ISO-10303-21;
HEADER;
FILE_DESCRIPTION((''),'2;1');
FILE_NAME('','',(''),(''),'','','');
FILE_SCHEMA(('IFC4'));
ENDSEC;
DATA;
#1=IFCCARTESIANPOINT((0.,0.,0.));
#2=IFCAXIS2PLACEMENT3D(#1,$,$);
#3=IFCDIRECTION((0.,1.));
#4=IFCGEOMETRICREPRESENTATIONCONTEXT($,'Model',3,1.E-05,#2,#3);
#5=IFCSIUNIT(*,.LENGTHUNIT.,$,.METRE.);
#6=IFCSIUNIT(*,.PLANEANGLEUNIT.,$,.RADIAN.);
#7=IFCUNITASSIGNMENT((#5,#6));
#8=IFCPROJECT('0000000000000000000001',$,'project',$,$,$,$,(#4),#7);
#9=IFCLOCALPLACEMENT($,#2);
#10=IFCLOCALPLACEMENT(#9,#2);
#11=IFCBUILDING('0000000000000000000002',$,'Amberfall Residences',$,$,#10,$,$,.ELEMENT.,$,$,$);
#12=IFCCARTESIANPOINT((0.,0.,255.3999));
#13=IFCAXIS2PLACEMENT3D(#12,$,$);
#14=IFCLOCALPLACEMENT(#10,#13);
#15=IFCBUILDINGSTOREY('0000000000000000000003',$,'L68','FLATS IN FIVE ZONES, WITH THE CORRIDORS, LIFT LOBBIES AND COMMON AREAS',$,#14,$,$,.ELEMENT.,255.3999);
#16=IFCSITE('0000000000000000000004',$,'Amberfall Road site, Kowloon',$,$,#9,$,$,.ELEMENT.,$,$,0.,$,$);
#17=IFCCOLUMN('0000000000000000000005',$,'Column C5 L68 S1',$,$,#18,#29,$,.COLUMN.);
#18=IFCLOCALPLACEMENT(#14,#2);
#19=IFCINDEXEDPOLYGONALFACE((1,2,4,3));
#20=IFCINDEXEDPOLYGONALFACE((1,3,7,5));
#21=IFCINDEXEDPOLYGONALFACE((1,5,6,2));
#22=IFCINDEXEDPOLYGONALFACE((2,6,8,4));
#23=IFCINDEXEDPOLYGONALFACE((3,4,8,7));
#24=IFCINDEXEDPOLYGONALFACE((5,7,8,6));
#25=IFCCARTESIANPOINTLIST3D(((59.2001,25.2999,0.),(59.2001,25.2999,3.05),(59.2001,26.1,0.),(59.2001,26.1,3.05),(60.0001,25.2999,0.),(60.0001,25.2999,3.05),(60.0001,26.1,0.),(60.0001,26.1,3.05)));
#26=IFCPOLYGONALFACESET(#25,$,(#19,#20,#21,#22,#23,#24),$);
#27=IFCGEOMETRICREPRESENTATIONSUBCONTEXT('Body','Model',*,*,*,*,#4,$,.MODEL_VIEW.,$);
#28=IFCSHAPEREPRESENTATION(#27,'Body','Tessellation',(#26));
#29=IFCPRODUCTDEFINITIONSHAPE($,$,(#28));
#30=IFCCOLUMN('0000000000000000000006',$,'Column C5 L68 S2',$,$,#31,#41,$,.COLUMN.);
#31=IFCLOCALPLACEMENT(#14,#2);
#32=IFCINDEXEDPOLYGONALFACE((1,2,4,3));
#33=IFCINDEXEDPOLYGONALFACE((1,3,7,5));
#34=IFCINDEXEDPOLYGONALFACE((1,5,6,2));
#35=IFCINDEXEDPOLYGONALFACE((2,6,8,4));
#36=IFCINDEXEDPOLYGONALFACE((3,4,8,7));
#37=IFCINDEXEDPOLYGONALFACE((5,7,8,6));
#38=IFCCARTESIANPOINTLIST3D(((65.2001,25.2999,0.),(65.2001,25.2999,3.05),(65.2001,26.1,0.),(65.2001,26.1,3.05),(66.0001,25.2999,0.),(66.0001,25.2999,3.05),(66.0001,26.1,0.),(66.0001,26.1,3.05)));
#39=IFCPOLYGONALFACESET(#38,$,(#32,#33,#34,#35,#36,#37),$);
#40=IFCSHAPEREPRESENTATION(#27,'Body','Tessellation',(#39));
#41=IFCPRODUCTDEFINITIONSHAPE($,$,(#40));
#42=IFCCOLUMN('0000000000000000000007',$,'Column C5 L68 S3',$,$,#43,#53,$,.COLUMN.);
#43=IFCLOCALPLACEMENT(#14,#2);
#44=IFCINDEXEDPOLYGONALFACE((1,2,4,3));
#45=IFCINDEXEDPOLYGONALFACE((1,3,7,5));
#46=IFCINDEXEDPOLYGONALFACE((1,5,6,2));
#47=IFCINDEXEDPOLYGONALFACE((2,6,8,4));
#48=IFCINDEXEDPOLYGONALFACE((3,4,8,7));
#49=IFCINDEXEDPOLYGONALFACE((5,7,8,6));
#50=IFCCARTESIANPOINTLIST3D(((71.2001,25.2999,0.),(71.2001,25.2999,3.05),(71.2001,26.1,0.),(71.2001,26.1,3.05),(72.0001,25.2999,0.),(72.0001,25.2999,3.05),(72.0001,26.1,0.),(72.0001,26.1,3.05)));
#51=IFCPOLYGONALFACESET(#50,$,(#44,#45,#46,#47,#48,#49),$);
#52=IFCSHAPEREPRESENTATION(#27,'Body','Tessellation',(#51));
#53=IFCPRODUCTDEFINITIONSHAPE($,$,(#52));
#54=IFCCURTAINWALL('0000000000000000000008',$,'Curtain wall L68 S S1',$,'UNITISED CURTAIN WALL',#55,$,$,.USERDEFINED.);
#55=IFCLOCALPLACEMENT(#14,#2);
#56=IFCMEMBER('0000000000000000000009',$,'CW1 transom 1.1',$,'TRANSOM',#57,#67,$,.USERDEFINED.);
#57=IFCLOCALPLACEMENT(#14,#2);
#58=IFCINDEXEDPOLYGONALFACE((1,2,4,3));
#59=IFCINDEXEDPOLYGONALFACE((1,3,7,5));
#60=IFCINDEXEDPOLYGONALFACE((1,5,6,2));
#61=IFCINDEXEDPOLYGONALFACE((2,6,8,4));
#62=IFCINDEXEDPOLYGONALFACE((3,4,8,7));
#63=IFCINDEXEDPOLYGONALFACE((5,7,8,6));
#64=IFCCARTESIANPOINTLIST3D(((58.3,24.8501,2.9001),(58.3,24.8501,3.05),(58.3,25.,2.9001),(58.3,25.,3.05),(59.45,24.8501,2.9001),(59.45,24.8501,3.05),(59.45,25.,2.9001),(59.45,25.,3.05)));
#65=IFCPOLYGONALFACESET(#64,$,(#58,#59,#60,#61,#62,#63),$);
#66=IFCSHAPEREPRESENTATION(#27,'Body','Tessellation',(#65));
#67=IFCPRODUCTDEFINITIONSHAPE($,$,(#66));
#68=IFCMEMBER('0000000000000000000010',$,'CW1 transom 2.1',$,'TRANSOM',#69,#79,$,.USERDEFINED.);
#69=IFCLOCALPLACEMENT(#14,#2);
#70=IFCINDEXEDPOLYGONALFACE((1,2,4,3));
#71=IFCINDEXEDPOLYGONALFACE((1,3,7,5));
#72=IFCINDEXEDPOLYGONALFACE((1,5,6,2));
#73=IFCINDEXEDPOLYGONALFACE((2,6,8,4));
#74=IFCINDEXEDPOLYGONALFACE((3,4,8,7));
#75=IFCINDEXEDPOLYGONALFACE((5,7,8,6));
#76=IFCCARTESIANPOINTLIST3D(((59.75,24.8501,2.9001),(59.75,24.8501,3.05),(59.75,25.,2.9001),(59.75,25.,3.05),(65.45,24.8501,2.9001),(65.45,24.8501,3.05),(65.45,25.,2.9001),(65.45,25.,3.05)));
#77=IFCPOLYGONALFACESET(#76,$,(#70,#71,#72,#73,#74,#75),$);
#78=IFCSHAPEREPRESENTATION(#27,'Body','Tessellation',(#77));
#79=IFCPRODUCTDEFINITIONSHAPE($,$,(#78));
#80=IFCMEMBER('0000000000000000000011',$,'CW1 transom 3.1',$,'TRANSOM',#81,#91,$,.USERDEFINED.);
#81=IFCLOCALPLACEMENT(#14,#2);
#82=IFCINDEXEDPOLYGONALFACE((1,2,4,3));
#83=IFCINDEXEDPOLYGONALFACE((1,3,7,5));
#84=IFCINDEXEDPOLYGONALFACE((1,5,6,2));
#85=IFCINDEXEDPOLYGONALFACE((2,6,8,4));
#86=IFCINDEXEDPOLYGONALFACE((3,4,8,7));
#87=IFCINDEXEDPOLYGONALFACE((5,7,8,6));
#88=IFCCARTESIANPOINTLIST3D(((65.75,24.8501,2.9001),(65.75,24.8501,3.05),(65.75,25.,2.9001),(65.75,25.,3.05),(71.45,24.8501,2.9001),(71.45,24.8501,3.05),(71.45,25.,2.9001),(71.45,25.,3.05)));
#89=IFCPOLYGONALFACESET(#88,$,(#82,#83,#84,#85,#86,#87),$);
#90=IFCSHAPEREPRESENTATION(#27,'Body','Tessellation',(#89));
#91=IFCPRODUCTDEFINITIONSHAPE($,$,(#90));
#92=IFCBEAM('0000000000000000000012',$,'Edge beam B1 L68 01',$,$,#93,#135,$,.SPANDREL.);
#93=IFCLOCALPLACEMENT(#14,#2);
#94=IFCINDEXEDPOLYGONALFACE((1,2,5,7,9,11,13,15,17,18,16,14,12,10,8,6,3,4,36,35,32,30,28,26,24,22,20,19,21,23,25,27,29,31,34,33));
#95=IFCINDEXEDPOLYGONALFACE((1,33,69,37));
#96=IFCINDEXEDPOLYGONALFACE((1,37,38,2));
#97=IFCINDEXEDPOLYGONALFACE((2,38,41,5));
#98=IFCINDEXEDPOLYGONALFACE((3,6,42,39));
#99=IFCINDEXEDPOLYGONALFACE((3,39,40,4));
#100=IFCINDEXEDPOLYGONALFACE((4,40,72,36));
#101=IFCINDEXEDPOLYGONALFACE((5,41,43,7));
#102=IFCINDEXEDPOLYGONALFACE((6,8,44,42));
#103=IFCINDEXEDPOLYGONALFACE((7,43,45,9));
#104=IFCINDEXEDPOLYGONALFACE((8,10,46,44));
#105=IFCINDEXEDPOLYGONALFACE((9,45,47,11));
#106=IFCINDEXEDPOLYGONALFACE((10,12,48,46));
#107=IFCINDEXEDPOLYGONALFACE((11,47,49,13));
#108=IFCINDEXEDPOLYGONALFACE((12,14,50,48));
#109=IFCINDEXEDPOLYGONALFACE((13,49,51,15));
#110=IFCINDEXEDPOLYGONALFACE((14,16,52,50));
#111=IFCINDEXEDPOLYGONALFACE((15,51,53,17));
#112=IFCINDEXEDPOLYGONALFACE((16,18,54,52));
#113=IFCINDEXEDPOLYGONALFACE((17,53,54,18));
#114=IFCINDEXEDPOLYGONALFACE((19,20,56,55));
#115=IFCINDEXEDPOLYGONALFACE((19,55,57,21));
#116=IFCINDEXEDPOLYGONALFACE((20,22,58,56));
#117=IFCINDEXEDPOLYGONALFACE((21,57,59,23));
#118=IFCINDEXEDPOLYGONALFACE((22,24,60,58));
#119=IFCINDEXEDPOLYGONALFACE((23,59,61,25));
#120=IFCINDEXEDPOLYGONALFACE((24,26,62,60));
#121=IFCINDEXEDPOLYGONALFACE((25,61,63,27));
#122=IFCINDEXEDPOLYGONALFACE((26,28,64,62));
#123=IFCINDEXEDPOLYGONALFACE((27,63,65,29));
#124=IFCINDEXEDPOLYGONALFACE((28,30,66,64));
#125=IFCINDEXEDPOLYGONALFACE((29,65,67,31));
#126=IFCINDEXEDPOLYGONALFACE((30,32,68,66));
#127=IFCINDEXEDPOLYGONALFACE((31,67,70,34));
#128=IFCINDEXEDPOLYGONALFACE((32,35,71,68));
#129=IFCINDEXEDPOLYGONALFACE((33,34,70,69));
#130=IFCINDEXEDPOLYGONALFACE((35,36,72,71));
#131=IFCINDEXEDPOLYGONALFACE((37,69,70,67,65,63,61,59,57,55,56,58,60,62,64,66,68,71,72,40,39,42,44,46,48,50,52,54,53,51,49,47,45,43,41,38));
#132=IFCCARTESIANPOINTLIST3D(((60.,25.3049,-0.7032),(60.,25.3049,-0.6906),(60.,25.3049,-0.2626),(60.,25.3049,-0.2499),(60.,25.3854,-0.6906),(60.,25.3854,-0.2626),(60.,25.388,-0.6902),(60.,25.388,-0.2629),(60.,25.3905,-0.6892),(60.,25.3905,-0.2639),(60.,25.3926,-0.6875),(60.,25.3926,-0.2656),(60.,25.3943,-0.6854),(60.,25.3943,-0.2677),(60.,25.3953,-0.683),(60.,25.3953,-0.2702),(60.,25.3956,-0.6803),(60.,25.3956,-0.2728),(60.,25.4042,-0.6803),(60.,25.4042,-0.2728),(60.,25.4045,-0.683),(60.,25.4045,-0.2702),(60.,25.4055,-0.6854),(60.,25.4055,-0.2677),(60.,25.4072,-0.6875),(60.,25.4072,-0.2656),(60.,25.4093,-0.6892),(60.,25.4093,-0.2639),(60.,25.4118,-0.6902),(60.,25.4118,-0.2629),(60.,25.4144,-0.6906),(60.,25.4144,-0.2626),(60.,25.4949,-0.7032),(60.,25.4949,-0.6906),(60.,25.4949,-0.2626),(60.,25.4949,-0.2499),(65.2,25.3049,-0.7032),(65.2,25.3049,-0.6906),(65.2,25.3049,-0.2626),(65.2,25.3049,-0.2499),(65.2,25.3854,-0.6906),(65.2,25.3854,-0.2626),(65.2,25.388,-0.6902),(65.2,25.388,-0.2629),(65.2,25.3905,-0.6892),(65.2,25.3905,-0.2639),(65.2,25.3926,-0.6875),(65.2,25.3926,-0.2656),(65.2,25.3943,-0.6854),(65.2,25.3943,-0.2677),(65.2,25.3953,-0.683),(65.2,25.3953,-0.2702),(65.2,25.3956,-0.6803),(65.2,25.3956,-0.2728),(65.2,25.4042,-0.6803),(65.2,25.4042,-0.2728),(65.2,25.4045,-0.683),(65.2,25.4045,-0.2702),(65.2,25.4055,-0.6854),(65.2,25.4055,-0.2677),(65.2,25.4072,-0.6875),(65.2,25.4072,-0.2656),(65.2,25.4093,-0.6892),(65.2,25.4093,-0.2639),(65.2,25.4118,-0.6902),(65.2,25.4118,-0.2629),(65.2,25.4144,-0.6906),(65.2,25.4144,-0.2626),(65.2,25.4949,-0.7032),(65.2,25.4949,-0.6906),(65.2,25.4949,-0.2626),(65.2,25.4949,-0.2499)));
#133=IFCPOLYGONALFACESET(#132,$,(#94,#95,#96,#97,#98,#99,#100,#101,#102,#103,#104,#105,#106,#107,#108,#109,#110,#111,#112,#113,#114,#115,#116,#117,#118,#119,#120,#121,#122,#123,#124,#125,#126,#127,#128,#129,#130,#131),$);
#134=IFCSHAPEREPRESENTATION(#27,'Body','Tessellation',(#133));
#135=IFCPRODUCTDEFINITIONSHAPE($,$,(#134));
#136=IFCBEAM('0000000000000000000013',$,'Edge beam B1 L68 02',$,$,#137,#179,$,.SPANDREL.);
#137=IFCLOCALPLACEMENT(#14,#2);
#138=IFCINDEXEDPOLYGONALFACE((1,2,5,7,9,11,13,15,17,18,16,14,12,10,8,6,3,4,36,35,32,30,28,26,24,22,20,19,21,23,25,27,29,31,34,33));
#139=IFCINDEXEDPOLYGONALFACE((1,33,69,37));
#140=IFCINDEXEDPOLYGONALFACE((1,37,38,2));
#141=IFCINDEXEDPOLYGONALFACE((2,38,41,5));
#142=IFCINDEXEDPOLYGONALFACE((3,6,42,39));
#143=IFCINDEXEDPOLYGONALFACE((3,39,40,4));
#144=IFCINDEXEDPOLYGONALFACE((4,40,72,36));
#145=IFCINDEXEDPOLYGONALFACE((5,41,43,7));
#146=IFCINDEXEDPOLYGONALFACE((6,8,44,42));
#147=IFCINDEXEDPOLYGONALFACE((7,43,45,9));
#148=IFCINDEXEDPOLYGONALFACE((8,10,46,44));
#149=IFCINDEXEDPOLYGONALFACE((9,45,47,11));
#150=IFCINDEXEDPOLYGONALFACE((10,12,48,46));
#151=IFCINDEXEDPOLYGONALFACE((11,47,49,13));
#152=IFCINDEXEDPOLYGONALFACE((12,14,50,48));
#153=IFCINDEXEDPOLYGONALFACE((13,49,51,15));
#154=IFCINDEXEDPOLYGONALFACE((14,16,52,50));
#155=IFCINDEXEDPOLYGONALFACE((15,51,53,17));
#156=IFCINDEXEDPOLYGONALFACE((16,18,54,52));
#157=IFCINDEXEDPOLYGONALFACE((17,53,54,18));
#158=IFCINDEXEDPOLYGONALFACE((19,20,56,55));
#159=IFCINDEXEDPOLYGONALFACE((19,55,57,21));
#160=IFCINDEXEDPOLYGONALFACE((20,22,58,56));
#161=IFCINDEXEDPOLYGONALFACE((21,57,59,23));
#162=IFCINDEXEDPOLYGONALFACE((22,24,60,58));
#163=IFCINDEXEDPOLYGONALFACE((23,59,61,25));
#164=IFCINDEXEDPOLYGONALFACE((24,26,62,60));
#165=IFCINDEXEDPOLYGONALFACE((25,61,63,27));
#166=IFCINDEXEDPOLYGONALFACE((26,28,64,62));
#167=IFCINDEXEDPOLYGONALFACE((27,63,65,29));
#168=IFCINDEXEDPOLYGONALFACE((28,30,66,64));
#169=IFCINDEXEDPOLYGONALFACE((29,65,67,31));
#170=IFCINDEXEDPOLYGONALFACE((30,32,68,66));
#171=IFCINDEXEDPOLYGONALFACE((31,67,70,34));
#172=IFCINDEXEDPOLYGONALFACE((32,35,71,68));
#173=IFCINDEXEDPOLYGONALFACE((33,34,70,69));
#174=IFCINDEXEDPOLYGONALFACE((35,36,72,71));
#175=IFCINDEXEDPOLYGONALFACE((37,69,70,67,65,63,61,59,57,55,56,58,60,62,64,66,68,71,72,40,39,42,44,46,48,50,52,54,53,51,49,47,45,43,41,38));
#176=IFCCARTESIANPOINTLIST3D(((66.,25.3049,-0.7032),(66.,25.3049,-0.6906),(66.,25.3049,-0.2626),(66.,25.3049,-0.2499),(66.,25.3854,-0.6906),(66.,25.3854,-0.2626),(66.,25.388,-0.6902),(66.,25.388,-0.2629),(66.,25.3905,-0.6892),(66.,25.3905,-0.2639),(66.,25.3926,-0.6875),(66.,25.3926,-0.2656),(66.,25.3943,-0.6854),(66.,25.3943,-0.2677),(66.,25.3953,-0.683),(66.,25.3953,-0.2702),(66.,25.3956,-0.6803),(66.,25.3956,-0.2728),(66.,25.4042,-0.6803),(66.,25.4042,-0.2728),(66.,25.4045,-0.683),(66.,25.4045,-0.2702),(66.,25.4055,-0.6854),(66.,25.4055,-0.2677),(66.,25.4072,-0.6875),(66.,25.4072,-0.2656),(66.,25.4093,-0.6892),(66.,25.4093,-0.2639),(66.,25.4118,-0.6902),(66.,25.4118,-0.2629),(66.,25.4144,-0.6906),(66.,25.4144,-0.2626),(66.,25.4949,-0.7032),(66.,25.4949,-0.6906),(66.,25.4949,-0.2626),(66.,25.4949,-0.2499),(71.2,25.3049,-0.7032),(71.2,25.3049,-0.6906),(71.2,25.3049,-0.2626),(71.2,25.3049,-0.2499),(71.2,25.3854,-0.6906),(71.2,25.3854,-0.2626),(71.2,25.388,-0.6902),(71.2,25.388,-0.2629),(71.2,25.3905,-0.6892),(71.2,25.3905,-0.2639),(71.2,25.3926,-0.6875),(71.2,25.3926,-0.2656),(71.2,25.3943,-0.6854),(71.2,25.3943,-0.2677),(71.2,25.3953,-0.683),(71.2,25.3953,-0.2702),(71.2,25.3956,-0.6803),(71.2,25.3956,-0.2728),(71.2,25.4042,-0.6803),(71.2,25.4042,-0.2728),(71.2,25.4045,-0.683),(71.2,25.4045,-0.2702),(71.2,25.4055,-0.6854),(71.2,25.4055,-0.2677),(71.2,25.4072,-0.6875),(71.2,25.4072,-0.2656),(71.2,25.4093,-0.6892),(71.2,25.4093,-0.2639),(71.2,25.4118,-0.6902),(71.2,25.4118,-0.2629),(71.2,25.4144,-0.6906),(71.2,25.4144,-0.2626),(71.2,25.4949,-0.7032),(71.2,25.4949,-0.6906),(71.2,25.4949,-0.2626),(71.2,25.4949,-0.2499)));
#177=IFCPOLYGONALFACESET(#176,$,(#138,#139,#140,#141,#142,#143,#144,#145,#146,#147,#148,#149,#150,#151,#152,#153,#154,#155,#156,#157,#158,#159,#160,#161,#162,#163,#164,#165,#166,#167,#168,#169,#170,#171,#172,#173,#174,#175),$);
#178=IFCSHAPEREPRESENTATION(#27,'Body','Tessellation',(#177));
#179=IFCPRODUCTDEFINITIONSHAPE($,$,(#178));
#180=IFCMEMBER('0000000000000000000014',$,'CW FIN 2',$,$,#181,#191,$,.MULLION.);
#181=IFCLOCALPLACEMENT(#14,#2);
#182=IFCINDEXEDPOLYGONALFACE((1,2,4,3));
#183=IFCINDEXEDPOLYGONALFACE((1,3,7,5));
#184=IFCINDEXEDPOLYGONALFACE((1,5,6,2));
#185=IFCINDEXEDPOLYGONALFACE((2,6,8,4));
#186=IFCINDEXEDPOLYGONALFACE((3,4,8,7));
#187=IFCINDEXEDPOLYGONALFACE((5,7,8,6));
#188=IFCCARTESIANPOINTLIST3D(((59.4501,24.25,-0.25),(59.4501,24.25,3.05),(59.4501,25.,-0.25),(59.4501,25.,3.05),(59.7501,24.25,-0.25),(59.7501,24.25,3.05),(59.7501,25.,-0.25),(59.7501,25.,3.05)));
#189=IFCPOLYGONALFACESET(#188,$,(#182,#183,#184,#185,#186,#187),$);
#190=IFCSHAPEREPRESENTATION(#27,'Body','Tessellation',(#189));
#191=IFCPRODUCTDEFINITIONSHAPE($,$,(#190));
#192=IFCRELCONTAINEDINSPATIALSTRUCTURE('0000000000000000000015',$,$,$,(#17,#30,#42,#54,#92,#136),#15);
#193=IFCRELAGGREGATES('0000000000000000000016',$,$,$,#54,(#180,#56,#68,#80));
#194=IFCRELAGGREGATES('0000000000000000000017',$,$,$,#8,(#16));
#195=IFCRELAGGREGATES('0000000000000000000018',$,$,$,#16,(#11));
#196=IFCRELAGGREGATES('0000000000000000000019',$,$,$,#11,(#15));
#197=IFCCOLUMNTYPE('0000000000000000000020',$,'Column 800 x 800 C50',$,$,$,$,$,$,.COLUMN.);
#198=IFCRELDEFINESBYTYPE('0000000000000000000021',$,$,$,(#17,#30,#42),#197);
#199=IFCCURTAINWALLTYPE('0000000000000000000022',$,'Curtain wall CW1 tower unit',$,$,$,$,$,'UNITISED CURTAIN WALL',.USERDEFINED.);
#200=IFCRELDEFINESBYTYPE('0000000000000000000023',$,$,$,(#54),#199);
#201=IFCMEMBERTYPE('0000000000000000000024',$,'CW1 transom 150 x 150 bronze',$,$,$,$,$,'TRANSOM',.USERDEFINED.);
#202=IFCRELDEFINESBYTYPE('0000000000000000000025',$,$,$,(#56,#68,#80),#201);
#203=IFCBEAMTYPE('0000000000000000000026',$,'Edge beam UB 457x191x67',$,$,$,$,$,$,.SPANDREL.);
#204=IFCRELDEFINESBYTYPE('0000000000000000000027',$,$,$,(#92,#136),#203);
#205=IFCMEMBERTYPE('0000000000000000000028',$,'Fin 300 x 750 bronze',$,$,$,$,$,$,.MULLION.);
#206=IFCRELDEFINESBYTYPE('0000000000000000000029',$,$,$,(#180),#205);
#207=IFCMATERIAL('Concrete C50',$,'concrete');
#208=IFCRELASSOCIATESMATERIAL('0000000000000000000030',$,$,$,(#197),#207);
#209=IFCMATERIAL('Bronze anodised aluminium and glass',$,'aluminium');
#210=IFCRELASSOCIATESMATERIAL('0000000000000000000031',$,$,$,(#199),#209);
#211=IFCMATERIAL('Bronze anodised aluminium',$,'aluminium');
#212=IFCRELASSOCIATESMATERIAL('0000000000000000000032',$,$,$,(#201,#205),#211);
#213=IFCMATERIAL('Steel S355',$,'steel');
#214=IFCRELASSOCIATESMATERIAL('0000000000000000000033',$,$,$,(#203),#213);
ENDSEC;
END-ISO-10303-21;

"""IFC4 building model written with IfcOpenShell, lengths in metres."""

from ifc_helpers import new_model, si_unit, direction, frame, origin, origin_2d, place, context, subcontext, project, spatial, rectangle, i_section, extrude, material, material_profile, profile_set, type_object, element, aggregate, save


model = new_model("IFC4")

# Units and contexts
model_context = context("Model", 3, precision=1e-05, world=origin(), true_north=direction((0.0, 1.0)))
body_context = subcontext(model_context, "Body", "Model", "MODEL_VIEW")
ifc_project = project(units=[si_unit("LENGTHUNIT", "METRE"), si_unit("PLANEANGLEUNIT", "RADIAN")], contexts=[model_context])

# Site, building, storey
site_placement = place(None, origin())
site = spatial("IfcSite", under=ifc_project, at=site_placement, Name="Amberfall Road site, Kowloon", CompositionType="ELEMENT", RefElevation=0.0)
building_placement = place(site_placement, origin())
building = spatial("IfcBuilding", under=site, at=building_placement, Name="Amberfall Residences", CompositionType="ELEMENT")
storey_placement = place(building_placement, frame((0.0, 0.0, 255.3999)))
storey = spatial("IfcBuildingStorey", under=building, at=storey_placement, Name="L68", Description="FLATS IN FIVE ZONES, WITH THE CORRIDORS, LIFT LOBBIES AND COMMON AREAS", CompositionType="ELEMENT", Elevation=255.3999)

# Columns
ifc_material_1 = material(Name="Concrete C50", Category="concrete")
ifc_material_profile_1 = material_profile(ifc_material_1, rectangle(XDim=0.8, YDim=0.8, at=origin_2d()), Name="Column 800 x 800 C50")
ifc_profile_set_1 = profile_set([ifc_material_profile_1], Name="Concrete C50")
column_type = type_object("IfcColumnType", Name="Column 800 x 800 C50", PredefinedType="COLUMN", material=ifc_profile_set_1)
for number, where, z_axis, x_axis, name in (
    (1, (59.6001, 25.7, 0.0), (0.0, 0.0, 1.0), (1.0, 0.0, 0.0), "Column C5 L68 S1"),
    (2, (65.6001, 25.7, 0.0), (0.0, 0.0, 1.0), (1.0, 0.0, 0.0), "Column C5 L68 S2"),
    (3, (71.6001, 25.7, 0.0), (0.0, 0.0, 1.0), (1.0, 0.0, 0.0), "Column C5 L68 S3"),
):
    element("IfcColumn", number, at=place(storey_placement, frame(where, z_axis=z_axis, x_axis=x_axis)), inside=storey, type_object=column_type, Name=name, PredefinedType="COLUMN", context=body_context, shape_type="SweptSolid", body=[
        extrude(rectangle(XDim=0.8, YDim=0.8, at=origin_2d()), origin(), (0.0, 0.0, 1.0), 3.05),
    ])

# Curtain wall, members
ifc_material_2 = material(Name="Bronze anodised aluminium and glass", Category="aluminium")
curtain_wall_type = type_object("IfcCurtainWallType", Name="Curtain wall CW1 tower unit", ElementType="UNITISED CURTAIN WALL", PredefinedType="USERDEFINED", material=ifc_material_2)
curtain_wall_placement = place(storey_placement, origin())
curtain_wall = element("IfcCurtainWall", 4, at=curtain_wall_placement, inside=storey, type_object=curtain_wall_type, Name="Curtain wall L68 S S1", ObjectType="UNITISED CURTAIN WALL", PredefinedType="USERDEFINED")
ifc_material_3 = material(Name="Bronze anodised aluminium", Category="aluminium")
ifc_material_profile_2 = material_profile(ifc_material_3, rectangle(XDim=0.1499, YDim=0.1499, at=origin_2d()), Name="CW1 transom 150 x 150 bronze")
ifc_profile_set_2 = profile_set([ifc_material_profile_2], Name="Bronze anodised aluminium")
member_type_1 = type_object("IfcMemberType", Name="CW1 transom 150 x 150 bronze", ElementType="TRANSOM", PredefinedType="USERDEFINED", material=ifc_profile_set_2)
member_1_placement = place(storey_placement, frame((58.3, 24.925, 2.9751), z_axis=(1.0, 0.0, 0.0), x_axis=(0.0, 1.0, 0.0)))
member_1 = element("IfcMember", 5, at=member_1_placement, type_object=member_type_1, Name="CW1 transom 1.1", ObjectType="TRANSOM", PredefinedType="USERDEFINED", context=body_context, shape_type="SweptSolid", body=[
    extrude(rectangle(XDim=0.1499, YDim=0.1499, at=origin_2d()), origin(), (0.0, 0.0, 1.0), 1.1499),
])
member_2_placement = place(storey_placement, frame((59.75, 24.925, 2.9751), z_axis=(1.0, 0.0, 0.0), x_axis=(0.0, 1.0, 0.0)))
member_2 = element("IfcMember", 6, at=member_2_placement, type_object=member_type_1, Name="CW1 transom 2.1", ObjectType="TRANSOM", PredefinedType="USERDEFINED", context=body_context, shape_type="SweptSolid", body=[
    extrude(rectangle(XDim=0.1499, YDim=0.1499, at=origin_2d()), origin(), (0.0, 0.0, 1.0), 5.7),
])
member_3_placement = place(storey_placement, frame((65.75, 24.925, 2.9751), z_axis=(1.0, 0.0, 0.0), x_axis=(0.0, 1.0, 0.0)))
member_3 = element("IfcMember", 7, at=member_3_placement, type_object=member_type_1, Name="CW1 transom 3.1", ObjectType="TRANSOM", PredefinedType="USERDEFINED", context=body_context, shape_type="SweptSolid", body=[
    extrude(rectangle(XDim=0.1499, YDim=0.1499, at=origin_2d()), origin(), (0.0, 0.0, 1.0), 5.7),
])

# Beams
ifc_material_4 = material(Name="Steel S355", Category="steel")
ifc_material_profile_3 = material_profile(ifc_material_4, i_section(OverallWidth=0.1899, OverallDepth=0.4534, WebThickness=0.0085, FlangeThickness=0.0127, FilletRadius=0.0103, at=origin_2d()), Name="UB 457x191x67")
ifc_profile_set_3 = profile_set([ifc_material_profile_3], Name="Steel S355")
beam_type_1 = type_object("IfcBeamType", Name="Edge beam UB 457x191x67", PredefinedType="SPANDREL", material=ifc_profile_set_3)
for number, where, z_axis, x_axis, name in (
    (8, (60.0, 25.3999, -0.4766), (1.0, 0.0, 0.0), (0.0, 1.0, 0.0), "Edge beam B1 L68 01"),
    (9, (66.0, 25.3999, -0.4766), (1.0, 0.0, 0.0), (0.0, 1.0, 0.0), "Edge beam B1 L68 02"),
):
    element("IfcBeam", number, at=place(storey_placement, frame(where, z_axis=z_axis, x_axis=x_axis)), inside=storey, type_object=beam_type_1, Name=name, PredefinedType="SPANDREL", context=body_context, shape_type="SweptSolid", body=[
        extrude(i_section(OverallWidth=0.1899, OverallDepth=0.4534, WebThickness=0.0085, FlangeThickness=0.0127, FilletRadius=0.0103, at=origin_2d()), origin(), (0.0, 0.0, 1.0), 5.2),
    ])

# Member
ifc_material_profile_4 = material_profile(ifc_material_3, rectangle(XDim=0.75, YDim=0.3, at=origin_2d()), Name="Fin 300 x 750 bronze")
ifc_profile_set_4 = profile_set([ifc_material_profile_4], Name="Bronze anodised aluminium")
member_type_2 = type_object("IfcMemberType", Name="Fin 300 x 750 bronze", PredefinedType="MULLION", material=ifc_profile_set_4)
member_4_placement = place(storey_placement, frame((59.6001, 24.625, -0.25), z_axis=(0.0, 0.0, 1.0), x_axis=(0.0, 1.0, 0.0)))
member_4 = element("IfcMember", 10, at=member_4_placement, type_object=member_type_2, Name="CW FIN 2", PredefinedType="MULLION", context=body_context, shape_type="SweptSolid", body=[
    extrude(rectangle(XDim=0.75, YDim=0.3, at=origin_2d()), origin(), (0.0, 0.0, 1.0), 3.3),
])

aggregate(curtain_wall, [member_4, member_1, member_2, member_3])

save(model, "model.ifc")
